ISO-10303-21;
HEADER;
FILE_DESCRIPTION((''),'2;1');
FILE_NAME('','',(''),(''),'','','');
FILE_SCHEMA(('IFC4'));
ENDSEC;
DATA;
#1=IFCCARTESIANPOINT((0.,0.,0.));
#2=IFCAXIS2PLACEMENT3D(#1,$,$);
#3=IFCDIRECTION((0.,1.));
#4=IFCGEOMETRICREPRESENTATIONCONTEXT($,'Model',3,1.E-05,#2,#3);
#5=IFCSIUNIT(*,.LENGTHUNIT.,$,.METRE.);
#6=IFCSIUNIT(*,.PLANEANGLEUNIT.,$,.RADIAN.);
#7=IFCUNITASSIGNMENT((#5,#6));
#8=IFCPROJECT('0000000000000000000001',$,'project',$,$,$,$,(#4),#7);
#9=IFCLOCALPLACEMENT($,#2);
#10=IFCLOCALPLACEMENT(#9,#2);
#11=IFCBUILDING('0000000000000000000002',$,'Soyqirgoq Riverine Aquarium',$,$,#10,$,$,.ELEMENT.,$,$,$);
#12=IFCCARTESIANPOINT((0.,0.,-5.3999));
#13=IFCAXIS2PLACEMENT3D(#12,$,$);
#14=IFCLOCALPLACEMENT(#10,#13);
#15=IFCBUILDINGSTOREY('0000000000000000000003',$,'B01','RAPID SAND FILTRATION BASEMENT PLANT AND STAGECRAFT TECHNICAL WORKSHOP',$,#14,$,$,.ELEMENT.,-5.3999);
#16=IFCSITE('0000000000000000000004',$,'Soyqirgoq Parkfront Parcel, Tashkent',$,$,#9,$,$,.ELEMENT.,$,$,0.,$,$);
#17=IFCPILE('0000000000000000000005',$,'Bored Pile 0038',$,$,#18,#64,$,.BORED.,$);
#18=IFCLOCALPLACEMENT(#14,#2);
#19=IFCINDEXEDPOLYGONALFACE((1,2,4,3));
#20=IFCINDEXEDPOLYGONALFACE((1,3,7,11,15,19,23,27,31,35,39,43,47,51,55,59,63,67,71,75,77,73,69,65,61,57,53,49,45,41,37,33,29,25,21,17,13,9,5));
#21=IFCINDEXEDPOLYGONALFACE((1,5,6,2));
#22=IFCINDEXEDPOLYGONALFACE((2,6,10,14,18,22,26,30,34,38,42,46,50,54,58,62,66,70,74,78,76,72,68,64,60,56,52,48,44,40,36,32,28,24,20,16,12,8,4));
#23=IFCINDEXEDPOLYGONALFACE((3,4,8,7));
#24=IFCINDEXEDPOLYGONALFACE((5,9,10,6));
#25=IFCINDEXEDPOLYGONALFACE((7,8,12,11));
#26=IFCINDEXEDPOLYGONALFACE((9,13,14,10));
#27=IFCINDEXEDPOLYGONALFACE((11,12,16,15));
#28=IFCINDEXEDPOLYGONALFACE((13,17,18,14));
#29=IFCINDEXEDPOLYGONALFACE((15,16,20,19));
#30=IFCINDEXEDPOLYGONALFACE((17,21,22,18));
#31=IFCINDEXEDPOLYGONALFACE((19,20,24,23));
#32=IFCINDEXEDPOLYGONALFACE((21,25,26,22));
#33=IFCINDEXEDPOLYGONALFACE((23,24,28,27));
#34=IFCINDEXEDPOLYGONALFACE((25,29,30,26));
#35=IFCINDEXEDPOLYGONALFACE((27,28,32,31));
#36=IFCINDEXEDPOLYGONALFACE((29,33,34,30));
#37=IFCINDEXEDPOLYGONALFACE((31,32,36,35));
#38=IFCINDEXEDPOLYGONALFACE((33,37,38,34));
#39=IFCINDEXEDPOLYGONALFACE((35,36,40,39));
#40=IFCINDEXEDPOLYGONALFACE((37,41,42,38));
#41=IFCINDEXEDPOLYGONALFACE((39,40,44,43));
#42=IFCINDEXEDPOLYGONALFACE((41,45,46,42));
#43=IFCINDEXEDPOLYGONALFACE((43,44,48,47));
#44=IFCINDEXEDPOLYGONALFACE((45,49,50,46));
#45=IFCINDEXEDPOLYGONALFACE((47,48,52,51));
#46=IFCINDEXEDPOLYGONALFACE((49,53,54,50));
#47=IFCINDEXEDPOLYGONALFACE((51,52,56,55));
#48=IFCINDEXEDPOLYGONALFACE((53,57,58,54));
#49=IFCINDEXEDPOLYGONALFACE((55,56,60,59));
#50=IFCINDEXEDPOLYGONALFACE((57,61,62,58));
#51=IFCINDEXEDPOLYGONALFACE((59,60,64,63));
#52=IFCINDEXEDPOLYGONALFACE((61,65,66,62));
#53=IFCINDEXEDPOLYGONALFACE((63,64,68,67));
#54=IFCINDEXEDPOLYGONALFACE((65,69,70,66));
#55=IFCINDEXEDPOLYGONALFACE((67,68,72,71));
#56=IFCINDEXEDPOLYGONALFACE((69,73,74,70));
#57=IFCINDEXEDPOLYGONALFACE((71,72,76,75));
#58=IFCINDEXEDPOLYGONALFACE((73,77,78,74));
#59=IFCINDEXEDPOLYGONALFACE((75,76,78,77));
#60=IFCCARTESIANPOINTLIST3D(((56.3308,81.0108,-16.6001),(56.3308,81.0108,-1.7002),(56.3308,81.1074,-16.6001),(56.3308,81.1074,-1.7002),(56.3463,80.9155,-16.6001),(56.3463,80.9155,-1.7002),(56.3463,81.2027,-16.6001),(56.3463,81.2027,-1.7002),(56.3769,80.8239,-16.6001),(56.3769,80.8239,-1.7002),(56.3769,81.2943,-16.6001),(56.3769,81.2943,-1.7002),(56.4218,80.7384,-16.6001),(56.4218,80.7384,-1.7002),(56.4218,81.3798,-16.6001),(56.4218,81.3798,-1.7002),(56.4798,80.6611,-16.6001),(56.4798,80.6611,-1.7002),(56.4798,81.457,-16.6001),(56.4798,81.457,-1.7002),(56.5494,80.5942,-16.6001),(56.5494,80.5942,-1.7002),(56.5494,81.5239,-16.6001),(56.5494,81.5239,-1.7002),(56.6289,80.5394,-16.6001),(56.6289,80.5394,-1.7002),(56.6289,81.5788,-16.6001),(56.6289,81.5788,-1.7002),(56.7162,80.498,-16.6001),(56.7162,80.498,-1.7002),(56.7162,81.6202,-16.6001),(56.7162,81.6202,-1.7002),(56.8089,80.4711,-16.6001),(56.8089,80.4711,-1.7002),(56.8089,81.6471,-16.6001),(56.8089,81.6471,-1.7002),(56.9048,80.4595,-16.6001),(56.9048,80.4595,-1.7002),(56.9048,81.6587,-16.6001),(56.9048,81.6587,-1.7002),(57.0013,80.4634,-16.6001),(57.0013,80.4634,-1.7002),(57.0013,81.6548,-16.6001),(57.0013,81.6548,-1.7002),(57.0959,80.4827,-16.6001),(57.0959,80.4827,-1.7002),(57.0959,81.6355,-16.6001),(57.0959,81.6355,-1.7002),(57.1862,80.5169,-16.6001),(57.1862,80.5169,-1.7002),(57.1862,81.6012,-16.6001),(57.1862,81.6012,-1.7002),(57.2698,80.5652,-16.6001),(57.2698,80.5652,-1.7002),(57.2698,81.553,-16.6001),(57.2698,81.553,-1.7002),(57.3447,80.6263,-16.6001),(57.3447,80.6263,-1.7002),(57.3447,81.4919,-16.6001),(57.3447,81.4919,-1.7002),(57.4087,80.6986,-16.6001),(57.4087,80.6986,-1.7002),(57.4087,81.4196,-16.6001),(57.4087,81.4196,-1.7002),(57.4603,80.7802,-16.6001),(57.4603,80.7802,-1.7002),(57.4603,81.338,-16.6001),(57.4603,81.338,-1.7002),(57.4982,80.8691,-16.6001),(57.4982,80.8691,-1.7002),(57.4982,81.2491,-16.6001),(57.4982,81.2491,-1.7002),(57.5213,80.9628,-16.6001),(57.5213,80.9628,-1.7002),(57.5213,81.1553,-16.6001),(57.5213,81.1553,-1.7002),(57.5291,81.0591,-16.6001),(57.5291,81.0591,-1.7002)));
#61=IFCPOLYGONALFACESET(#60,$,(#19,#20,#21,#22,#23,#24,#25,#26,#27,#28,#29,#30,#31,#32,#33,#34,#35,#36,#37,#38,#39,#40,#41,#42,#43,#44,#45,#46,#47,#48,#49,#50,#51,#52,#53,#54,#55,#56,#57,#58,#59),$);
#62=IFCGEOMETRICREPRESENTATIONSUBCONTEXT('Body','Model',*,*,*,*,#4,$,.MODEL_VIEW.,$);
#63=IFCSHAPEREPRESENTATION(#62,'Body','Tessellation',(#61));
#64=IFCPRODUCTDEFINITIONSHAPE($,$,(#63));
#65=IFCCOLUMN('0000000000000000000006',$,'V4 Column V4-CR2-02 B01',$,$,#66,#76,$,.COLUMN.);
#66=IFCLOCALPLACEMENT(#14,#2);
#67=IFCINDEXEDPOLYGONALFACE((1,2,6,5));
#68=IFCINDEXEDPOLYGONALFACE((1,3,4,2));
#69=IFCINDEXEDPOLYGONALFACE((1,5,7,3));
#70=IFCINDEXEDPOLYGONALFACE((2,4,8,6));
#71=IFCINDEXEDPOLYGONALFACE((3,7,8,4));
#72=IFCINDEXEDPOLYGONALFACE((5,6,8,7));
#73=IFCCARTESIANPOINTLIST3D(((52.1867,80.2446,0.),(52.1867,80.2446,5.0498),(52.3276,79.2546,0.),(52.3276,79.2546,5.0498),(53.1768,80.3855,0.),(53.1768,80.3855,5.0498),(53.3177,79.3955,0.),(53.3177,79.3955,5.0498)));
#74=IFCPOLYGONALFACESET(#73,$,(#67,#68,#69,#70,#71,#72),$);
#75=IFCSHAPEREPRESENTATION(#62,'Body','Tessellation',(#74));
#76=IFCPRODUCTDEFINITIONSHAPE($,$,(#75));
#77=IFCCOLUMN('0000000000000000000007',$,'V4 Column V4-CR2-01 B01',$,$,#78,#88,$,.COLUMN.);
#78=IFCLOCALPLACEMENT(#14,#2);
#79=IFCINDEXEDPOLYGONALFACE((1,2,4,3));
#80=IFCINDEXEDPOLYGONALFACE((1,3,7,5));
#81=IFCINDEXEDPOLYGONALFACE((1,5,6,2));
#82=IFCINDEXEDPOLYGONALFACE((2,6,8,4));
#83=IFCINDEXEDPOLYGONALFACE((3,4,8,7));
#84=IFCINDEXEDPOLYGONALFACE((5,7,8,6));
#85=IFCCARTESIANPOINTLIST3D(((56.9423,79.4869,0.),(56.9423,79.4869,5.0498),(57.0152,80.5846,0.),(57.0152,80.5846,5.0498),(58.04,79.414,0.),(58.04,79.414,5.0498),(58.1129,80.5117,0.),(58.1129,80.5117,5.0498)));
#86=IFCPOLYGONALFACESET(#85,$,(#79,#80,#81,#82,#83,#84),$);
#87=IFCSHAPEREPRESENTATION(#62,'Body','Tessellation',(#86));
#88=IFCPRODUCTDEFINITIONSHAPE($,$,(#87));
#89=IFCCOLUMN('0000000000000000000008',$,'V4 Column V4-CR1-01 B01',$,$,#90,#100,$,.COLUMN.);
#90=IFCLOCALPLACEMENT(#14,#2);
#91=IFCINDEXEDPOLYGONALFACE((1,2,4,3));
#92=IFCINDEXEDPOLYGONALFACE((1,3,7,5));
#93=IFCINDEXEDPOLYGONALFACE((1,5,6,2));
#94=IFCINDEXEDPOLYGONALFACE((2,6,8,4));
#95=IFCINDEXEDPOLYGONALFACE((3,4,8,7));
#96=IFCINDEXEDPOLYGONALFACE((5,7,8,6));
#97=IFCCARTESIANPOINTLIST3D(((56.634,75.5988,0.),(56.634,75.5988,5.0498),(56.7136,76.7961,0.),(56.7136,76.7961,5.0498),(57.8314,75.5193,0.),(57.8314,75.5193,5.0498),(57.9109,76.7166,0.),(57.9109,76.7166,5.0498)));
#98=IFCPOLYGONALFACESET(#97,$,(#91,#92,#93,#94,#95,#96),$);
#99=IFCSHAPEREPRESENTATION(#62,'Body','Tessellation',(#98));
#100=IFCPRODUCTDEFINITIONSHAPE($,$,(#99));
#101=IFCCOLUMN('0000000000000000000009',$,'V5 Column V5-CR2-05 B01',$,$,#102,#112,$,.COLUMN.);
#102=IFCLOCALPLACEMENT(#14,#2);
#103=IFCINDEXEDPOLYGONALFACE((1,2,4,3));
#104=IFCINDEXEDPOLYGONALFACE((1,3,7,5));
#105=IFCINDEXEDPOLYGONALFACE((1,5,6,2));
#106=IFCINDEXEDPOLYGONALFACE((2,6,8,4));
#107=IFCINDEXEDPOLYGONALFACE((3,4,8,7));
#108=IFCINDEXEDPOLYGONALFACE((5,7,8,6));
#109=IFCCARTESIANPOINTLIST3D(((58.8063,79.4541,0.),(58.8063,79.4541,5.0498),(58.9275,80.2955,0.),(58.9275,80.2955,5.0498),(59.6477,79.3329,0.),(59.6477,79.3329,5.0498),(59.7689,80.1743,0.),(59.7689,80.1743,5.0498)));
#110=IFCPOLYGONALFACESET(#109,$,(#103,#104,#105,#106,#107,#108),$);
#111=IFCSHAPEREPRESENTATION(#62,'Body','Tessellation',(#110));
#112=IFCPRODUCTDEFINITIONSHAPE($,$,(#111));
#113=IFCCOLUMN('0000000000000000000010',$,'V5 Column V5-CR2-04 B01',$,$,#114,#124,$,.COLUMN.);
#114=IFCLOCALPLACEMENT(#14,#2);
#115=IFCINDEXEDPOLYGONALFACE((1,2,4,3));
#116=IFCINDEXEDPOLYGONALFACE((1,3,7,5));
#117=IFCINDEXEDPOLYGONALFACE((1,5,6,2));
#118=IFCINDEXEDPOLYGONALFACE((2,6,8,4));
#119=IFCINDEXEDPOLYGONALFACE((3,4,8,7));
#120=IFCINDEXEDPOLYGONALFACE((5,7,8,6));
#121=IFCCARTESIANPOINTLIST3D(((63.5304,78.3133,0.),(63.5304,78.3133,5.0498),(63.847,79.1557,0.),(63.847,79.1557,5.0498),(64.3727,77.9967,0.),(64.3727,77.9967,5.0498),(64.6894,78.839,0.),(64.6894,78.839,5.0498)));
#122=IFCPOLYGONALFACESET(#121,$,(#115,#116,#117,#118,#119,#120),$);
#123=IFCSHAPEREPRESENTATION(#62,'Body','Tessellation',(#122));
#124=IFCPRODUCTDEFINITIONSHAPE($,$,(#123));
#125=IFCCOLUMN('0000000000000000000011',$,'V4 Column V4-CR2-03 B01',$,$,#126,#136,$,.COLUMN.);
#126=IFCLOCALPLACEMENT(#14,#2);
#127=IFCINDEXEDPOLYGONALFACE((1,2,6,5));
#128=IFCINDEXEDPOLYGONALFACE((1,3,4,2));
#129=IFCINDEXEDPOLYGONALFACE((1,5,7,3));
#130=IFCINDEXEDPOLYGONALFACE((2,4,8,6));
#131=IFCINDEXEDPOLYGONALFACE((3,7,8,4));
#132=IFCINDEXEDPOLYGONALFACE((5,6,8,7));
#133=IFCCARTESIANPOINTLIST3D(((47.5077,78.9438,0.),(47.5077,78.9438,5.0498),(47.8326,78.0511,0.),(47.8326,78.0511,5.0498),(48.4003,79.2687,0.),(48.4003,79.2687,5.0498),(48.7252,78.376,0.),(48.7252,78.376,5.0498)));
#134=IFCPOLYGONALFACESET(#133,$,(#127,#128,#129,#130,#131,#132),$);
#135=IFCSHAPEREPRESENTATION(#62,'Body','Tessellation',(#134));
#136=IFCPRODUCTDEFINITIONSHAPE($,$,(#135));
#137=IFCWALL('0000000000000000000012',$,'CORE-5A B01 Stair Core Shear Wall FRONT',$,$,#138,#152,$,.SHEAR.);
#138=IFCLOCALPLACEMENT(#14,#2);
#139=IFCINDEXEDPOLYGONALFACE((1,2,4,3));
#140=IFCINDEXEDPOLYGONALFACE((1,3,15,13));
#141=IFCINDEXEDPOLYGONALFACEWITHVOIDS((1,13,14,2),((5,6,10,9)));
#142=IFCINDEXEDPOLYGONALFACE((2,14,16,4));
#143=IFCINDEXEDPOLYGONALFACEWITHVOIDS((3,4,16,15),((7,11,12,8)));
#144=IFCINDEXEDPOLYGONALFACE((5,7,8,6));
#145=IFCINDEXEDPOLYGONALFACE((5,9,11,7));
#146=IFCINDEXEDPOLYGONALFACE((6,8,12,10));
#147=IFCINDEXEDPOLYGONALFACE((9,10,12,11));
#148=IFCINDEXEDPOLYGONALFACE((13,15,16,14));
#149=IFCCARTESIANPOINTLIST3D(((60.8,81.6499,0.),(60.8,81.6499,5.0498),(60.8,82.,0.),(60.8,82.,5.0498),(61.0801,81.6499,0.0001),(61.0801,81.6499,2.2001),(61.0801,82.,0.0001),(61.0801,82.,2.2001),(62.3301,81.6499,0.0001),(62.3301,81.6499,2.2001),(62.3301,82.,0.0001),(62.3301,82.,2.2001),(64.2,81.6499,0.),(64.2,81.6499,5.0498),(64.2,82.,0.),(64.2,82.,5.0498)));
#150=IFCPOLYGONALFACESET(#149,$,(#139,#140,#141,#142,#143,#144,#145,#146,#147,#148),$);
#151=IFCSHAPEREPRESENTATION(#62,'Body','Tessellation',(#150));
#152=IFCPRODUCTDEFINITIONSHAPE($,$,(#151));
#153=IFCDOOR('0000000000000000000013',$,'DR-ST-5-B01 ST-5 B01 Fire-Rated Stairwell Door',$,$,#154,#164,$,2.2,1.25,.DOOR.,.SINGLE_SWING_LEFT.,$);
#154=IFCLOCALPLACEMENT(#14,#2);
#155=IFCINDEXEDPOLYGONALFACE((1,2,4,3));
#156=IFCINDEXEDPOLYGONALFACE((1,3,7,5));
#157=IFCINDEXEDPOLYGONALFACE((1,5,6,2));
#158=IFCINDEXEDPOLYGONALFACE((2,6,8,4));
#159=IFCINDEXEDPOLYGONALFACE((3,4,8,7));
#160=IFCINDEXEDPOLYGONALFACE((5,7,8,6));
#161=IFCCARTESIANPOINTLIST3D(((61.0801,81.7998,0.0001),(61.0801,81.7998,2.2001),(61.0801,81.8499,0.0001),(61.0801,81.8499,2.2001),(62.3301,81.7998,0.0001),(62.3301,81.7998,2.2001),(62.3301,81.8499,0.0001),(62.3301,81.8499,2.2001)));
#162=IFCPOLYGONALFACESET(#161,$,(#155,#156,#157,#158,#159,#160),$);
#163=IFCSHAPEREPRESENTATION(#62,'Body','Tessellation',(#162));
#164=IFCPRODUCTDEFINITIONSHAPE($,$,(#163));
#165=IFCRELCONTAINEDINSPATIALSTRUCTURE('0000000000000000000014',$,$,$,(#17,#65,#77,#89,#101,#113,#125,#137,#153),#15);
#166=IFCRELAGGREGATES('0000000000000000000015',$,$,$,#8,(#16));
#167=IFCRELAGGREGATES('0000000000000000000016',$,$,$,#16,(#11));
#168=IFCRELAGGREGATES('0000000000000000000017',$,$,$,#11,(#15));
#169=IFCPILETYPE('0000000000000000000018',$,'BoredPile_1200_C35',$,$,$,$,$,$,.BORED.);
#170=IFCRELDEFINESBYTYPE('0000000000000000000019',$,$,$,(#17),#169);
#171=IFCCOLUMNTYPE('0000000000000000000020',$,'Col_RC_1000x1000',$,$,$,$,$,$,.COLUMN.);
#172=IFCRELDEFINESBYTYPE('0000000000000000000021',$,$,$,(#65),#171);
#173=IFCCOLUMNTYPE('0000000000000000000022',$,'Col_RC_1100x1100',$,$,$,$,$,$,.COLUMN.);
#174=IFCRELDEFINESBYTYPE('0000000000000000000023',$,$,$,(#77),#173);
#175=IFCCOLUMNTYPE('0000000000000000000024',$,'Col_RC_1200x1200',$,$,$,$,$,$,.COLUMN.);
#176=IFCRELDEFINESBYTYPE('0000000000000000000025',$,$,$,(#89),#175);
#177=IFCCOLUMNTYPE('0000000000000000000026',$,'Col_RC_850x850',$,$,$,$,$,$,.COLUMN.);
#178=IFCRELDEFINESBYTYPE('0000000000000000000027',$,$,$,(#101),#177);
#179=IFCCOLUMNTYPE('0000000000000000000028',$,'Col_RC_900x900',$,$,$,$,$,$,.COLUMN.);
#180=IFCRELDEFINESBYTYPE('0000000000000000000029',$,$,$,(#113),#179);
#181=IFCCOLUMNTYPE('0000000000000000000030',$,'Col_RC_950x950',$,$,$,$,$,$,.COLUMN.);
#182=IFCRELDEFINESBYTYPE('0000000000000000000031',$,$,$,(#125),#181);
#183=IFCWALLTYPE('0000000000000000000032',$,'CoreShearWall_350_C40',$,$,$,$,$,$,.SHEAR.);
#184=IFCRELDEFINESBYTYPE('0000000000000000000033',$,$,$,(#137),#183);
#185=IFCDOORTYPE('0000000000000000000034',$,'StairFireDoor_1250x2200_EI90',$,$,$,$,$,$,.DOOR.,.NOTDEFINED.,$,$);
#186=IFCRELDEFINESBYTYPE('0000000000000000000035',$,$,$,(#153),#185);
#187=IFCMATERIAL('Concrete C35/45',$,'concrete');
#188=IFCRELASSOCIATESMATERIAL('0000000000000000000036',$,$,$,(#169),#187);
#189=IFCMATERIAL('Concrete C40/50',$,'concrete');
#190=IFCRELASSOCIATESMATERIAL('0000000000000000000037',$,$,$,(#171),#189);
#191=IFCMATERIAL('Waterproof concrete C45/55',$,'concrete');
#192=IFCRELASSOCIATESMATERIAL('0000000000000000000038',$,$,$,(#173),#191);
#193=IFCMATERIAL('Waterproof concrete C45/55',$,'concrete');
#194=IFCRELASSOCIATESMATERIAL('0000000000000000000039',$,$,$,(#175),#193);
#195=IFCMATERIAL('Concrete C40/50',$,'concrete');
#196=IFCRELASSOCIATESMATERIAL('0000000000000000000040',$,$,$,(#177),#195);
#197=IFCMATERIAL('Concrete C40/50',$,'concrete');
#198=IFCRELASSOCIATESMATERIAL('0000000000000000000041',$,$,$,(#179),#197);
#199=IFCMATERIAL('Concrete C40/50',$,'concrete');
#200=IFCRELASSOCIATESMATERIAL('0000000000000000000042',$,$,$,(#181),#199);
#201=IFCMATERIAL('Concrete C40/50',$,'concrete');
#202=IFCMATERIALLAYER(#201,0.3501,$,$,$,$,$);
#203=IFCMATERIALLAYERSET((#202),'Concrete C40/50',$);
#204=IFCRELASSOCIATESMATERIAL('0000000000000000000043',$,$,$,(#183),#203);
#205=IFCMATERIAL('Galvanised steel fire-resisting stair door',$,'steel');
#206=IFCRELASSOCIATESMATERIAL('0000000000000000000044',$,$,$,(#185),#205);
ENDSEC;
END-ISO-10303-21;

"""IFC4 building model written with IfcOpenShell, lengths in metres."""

from ifc_helpers import new_model, si_unit, direction, frame, frame_2d, origin, origin_2d, place, context, subcontext, project, spatial, rectangle, circle, extrude, material, layer, layer_set, material_profile, profile_set, type_object, element, fill, save


model = new_model("IFC4")

# Units and contexts
model_context = context("Model", 3, precision=1e-05, world=origin(), true_north=direction((0.0, 1.0)))
body_context = subcontext(model_context, "Body", "Model", "MODEL_VIEW")
ifc_project = project(units=[si_unit("LENGTHUNIT", "METRE"), si_unit("PLANEANGLEUNIT", "RADIAN")], contexts=[model_context])

# Site, building, storey
site_placement = place(None, origin())
site = spatial("IfcSite", under=ifc_project, at=site_placement, Name="Soyqirgoq Parkfront Parcel, Tashkent", CompositionType="ELEMENT", RefElevation=0.0)
building_placement = place(site_placement, origin())
building = spatial("IfcBuilding", under=site, at=building_placement, Name="Soyqirgoq Riverine Aquarium", CompositionType="ELEMENT")
storey_placement = place(building_placement, frame((0.0, 0.0, -5.3999)))
storey = spatial("IfcBuildingStorey", under=building, at=storey_placement, Name="B01", Description="RAPID SAND FILTRATION BASEMENT PLANT AND STAGECRAFT TECHNICAL WORKSHOP", CompositionType="ELEMENT", Elevation=-5.3999)

# Pile
ifc_material_1 = material(Name="Concrete C35/45", Category="concrete")
ifc_material_profile_1 = material_profile(ifc_material_1, circle(Radius=0.6001, at=origin_2d()), Name="BP D1200")
ifc_profile_set_1 = profile_set([ifc_material_profile_1], Name="Concrete C35/45")
pile_type = type_object("IfcPileType", Name="BoredPile_1200_C35", PredefinedType="BORED", material=ifc_profile_set_1)
pile_placement = place(storey_placement, frame((56.929, 81.0591, -1.7002), z_axis=(0.0, 0.0, -1.0), x_axis=(1.0, 0.0, 0.0)))
element("IfcPile", 1, at=pile_placement, inside=storey, type_object=pile_type, Name="Bored Pile 0038", PredefinedType="BORED", context=body_context, shape_type="SweptSolid", body=[
    extrude(circle(Radius=0.6001, at=origin_2d()), origin(), (0.0, 0.0, 1.0), 14.8999),
])

# Columns
ifc_material_2 = material(Name="Concrete C40/50", Category="concrete")
ifc_material_profile_2 = material_profile(ifc_material_2, rectangle(XDim=1.0, YDim=1.0, at=origin_2d()), Name="RC 1000x1000")
ifc_profile_set_2 = profile_set([ifc_material_profile_2], Name="Concrete C40/50")
column_type_1 = type_object("IfcColumnType", Name="Col_RC_1000x1000", PredefinedType="COLUMN", material=ifc_profile_set_2)
column_1_placement = place(storey_placement, frame((52.7522, 79.8201, 0.0), z_axis=(0.0, 0.0, 1.0), x_axis=(-0.140901, 0.990024, 0.0)))
element("IfcColumn", 2, at=column_1_placement, inside=storey, type_object=column_type_1, Name="V4 Column V4-CR2-02 B01", PredefinedType="COLUMN", context=body_context, shape_type="SweptSolid", body=[
    extrude(rectangle(XDim=1.0, YDim=1.0, at=origin_2d()), origin(), (0.0, 0.0, 1.0), 5.0498),
])
ifc_material_3 = material(Name="Waterproof concrete C45/55", Category="concrete")
ifc_material_profile_3 = material_profile(ifc_material_3, rectangle(XDim=1.1001, YDim=1.1001, at=origin_2d()), Name="RC 1100x1100")
ifc_profile_set_3 = profile_set([ifc_material_profile_3], Name="Waterproof concrete C45/55")
column_type_2 = type_object("IfcColumnType", Name="Col_RC_1100x1100", PredefinedType="COLUMN", material=ifc_profile_set_3)
column_2_placement = place(storey_placement, frame((57.5276, 79.9993, 0.0), z_axis=(0.0, 0.0, 1.0), x_axis=(0.066274, 0.997801, 0.0)))
element("IfcColumn", 3, at=column_2_placement, inside=storey, type_object=column_type_2, Name="V4 Column V4-CR2-01 B01", PredefinedType="COLUMN", context=body_context, shape_type="SweptSolid", body=[
    extrude(rectangle(XDim=1.1001, YDim=1.1001, at=origin_2d()), origin(), (0.0, 0.0, 1.0), 5.0498),
])
ifc_material_4 = material(Name="Waterproof concrete C45/55", Category="concrete")
ifc_material_profile_4 = material_profile(ifc_material_4, rectangle(XDim=1.2, YDim=1.2, at=origin_2d()), Name="RC 1200x1200")
ifc_profile_set_4 = profile_set([ifc_material_profile_4], Name="Waterproof concrete C45/55")
column_type_3 = type_object("IfcColumnType", Name="Col_RC_1200x1200", PredefinedType="COLUMN", material=ifc_profile_set_4)
column_3_placement = place(storey_placement, frame((57.2725, 76.1577, 0.0), z_axis=(0.0, 0.0, 1.0), x_axis=(0.066274, 0.997801, 0.0)))
element("IfcColumn", 4, at=column_3_placement, inside=storey, type_object=column_type_3, Name="V4 Column V4-CR1-01 B01", PredefinedType="COLUMN", context=body_context, shape_type="SweptSolid", body=[
    extrude(rectangle(XDim=1.2, YDim=1.2, at=origin_2d()), origin(), (0.0, 0.0, 1.0), 5.0498),
])
ifc_material_5 = material(Name="Concrete C40/50", Category="concrete")
ifc_material_profile_5 = material_profile(ifc_material_5, rectangle(XDim=0.8501, YDim=0.8501, at=origin_2d()), Name="RC 850x850")
ifc_profile_set_5 = profile_set([ifc_material_profile_5], Name="Concrete C40/50")
column_type_4 = type_object("IfcColumnType", Name="Col_RC_850x850", PredefinedType="COLUMN", material=ifc_profile_set_5)
column_4_placement = place(storey_placement, frame((59.2876, 79.8142, 0.0), z_axis=(0.0, 0.0, 1.0), x_axis=(0.142629, 0.989776, 0.0)))
element("IfcColumn", 5, at=column_4_placement, inside=storey, type_object=column_type_4, Name="V5 Column V5-CR2-05 B01", PredefinedType="COLUMN", context=body_context, shape_type="SweptSolid", body=[
    extrude(rectangle(XDim=0.8501, YDim=0.8501, at=origin_2d()), origin(), (0.0, 0.0, 1.0), 5.0498),
])
ifc_material_6 = material(Name="Concrete C40/50", Category="concrete")
ifc_material_profile_6 = material_profile(ifc_material_6, rectangle(XDim=0.8999, YDim=0.8999, at=origin_2d()), Name="RC 900x900")
ifc_profile_set_6 = profile_set([ifc_material_profile_6], Name="Concrete C40/50")
column_type_5 = type_object("IfcColumnType", Name="Col_RC_900x900", PredefinedType="COLUMN", material=ifc_profile_set_6)
column_5_placement = place(storey_placement, frame((64.1099, 78.5762, 0.0), z_axis=(0.0, 0.0, 1.0), x_axis=(0.351842, 0.93606, 0.0)))
element("IfcColumn", 6, at=column_5_placement, inside=storey, type_object=column_type_5, Name="V5 Column V5-CR2-04 B01", PredefinedType="COLUMN", context=body_context, shape_type="SweptSolid", body=[
    extrude(rectangle(XDim=0.8999, YDim=0.8999, at=origin_2d()), origin(), (0.0, 0.0, 1.0), 5.0498),
])
ifc_material_7 = material(Name="Concrete C40/50", Category="concrete")
ifc_material_profile_7 = material_profile(ifc_material_7, rectangle(XDim=0.95, YDim=0.95, at=origin_2d()), Name="RC 950x950")
ifc_profile_set_7 = profile_set([ifc_material_profile_7], Name="Concrete C40/50")
column_type_6 = type_object("IfcColumnType", Name="Col_RC_950x950", PredefinedType="COLUMN", material=ifc_profile_set_7)
column_6_placement = place(storey_placement, frame((48.1165, 78.6599, 0.0), z_axis=(0.0, 0.0, 1.0), x_axis=(-0.34202, 0.939693, 0.0)))
element("IfcColumn", 7, at=column_6_placement, inside=storey, type_object=column_type_6, Name="V4 Column V4-CR2-03 B01", PredefinedType="COLUMN", context=body_context, shape_type="SweptSolid", body=[
    extrude(rectangle(XDim=0.95, YDim=0.95, at=origin_2d()), origin(), (0.0, 0.0, 1.0), 5.0498),
])

# Wall, opening, door
ifc_material_8 = material(Name="Concrete C40/50", Category="concrete")
ifc_layer_1 = layer(ifc_material_8, 0.3501)
ifc_layer_set_1 = layer_set([ifc_layer_1], Name="Concrete C40/50")
wall_type_1 = type_object("IfcWallType", Name="CoreShearWall_350_C40", PredefinedType="SHEAR", material=ifc_layer_set_1)
wall_1_placement = place(storey_placement, frame((60.8, 81.825, 0.0), z_axis=(0.0, 0.0, 1.0), x_axis=(1.0, 0.0, 0.0)))
wall_1 = element("IfcWall", 8, at=wall_1_placement, inside=storey, type_object=wall_type_1, Name="CORE-5A B01 Stair Core Shear Wall FRONT", PredefinedType="SHEAR", context=body_context, shape_type="SweptSolid", body=[
    extrude(rectangle(XDim=3.3999, YDim=0.3501, at=frame_2d((1.7, 0.0))), origin(), (0.0, 0.0, 1.0), 5.0498),
])
opening_1_placement = place(wall_1_placement, frame((0.28, 0.0, 0.0)))
opening_1 = element("IfcOpeningElement", 9, at=opening_1_placement, cuts=wall_1, PredefinedType="OPENING", context=body_context, shape_type="SweptSolid", body=[
    extrude(rectangle(XDim=1.25, YDim=2.2, at=frame_2d((0.625, 1.1001))), frame((0.0, 0.1851, 0.0), z_axis=(0.0, -1.0, 0.0), x_axis=(1.0, 0.0, 0.0)), (0.0, 0.0, 1.0), 0.3701),
])
ifc_material_9 = material(Name="Galvanised steel fire-resisting stair door", Category="steel")
door_type_1 = type_object("IfcDoorType", Name="StairFireDoor_1250x2200_EI90", OperationType="NOTDEFINED", PredefinedType="DOOR", material=ifc_material_9)
door_1_placement = place(opening_1_placement, origin())
door_1 = element("IfcDoor", 10, at=door_1_placement, inside=storey, type_object=door_type_1, Name="DR-ST-5-B01 ST-5 B01 Fire-Rated Stairwell Door", OperationType="SINGLE_SWING_LEFT", OverallHeight=2.2, OverallWidth=1.25, PredefinedType="DOOR", context=body_context, shape_type="SweptSolid", body=[
    extrude(rectangle(XDim=1.25, YDim=2.2, at=frame_2d((0.625, 1.1001))), frame((0.0, 0.0249, 0.0), z_axis=(0.0, -1.0, 0.0), x_axis=(1.0, 0.0, 0.0)), (0.0, 0.0, 1.0), 0.05),
])
fill(opening_1, door_1)

save(model, "model.ifc")
